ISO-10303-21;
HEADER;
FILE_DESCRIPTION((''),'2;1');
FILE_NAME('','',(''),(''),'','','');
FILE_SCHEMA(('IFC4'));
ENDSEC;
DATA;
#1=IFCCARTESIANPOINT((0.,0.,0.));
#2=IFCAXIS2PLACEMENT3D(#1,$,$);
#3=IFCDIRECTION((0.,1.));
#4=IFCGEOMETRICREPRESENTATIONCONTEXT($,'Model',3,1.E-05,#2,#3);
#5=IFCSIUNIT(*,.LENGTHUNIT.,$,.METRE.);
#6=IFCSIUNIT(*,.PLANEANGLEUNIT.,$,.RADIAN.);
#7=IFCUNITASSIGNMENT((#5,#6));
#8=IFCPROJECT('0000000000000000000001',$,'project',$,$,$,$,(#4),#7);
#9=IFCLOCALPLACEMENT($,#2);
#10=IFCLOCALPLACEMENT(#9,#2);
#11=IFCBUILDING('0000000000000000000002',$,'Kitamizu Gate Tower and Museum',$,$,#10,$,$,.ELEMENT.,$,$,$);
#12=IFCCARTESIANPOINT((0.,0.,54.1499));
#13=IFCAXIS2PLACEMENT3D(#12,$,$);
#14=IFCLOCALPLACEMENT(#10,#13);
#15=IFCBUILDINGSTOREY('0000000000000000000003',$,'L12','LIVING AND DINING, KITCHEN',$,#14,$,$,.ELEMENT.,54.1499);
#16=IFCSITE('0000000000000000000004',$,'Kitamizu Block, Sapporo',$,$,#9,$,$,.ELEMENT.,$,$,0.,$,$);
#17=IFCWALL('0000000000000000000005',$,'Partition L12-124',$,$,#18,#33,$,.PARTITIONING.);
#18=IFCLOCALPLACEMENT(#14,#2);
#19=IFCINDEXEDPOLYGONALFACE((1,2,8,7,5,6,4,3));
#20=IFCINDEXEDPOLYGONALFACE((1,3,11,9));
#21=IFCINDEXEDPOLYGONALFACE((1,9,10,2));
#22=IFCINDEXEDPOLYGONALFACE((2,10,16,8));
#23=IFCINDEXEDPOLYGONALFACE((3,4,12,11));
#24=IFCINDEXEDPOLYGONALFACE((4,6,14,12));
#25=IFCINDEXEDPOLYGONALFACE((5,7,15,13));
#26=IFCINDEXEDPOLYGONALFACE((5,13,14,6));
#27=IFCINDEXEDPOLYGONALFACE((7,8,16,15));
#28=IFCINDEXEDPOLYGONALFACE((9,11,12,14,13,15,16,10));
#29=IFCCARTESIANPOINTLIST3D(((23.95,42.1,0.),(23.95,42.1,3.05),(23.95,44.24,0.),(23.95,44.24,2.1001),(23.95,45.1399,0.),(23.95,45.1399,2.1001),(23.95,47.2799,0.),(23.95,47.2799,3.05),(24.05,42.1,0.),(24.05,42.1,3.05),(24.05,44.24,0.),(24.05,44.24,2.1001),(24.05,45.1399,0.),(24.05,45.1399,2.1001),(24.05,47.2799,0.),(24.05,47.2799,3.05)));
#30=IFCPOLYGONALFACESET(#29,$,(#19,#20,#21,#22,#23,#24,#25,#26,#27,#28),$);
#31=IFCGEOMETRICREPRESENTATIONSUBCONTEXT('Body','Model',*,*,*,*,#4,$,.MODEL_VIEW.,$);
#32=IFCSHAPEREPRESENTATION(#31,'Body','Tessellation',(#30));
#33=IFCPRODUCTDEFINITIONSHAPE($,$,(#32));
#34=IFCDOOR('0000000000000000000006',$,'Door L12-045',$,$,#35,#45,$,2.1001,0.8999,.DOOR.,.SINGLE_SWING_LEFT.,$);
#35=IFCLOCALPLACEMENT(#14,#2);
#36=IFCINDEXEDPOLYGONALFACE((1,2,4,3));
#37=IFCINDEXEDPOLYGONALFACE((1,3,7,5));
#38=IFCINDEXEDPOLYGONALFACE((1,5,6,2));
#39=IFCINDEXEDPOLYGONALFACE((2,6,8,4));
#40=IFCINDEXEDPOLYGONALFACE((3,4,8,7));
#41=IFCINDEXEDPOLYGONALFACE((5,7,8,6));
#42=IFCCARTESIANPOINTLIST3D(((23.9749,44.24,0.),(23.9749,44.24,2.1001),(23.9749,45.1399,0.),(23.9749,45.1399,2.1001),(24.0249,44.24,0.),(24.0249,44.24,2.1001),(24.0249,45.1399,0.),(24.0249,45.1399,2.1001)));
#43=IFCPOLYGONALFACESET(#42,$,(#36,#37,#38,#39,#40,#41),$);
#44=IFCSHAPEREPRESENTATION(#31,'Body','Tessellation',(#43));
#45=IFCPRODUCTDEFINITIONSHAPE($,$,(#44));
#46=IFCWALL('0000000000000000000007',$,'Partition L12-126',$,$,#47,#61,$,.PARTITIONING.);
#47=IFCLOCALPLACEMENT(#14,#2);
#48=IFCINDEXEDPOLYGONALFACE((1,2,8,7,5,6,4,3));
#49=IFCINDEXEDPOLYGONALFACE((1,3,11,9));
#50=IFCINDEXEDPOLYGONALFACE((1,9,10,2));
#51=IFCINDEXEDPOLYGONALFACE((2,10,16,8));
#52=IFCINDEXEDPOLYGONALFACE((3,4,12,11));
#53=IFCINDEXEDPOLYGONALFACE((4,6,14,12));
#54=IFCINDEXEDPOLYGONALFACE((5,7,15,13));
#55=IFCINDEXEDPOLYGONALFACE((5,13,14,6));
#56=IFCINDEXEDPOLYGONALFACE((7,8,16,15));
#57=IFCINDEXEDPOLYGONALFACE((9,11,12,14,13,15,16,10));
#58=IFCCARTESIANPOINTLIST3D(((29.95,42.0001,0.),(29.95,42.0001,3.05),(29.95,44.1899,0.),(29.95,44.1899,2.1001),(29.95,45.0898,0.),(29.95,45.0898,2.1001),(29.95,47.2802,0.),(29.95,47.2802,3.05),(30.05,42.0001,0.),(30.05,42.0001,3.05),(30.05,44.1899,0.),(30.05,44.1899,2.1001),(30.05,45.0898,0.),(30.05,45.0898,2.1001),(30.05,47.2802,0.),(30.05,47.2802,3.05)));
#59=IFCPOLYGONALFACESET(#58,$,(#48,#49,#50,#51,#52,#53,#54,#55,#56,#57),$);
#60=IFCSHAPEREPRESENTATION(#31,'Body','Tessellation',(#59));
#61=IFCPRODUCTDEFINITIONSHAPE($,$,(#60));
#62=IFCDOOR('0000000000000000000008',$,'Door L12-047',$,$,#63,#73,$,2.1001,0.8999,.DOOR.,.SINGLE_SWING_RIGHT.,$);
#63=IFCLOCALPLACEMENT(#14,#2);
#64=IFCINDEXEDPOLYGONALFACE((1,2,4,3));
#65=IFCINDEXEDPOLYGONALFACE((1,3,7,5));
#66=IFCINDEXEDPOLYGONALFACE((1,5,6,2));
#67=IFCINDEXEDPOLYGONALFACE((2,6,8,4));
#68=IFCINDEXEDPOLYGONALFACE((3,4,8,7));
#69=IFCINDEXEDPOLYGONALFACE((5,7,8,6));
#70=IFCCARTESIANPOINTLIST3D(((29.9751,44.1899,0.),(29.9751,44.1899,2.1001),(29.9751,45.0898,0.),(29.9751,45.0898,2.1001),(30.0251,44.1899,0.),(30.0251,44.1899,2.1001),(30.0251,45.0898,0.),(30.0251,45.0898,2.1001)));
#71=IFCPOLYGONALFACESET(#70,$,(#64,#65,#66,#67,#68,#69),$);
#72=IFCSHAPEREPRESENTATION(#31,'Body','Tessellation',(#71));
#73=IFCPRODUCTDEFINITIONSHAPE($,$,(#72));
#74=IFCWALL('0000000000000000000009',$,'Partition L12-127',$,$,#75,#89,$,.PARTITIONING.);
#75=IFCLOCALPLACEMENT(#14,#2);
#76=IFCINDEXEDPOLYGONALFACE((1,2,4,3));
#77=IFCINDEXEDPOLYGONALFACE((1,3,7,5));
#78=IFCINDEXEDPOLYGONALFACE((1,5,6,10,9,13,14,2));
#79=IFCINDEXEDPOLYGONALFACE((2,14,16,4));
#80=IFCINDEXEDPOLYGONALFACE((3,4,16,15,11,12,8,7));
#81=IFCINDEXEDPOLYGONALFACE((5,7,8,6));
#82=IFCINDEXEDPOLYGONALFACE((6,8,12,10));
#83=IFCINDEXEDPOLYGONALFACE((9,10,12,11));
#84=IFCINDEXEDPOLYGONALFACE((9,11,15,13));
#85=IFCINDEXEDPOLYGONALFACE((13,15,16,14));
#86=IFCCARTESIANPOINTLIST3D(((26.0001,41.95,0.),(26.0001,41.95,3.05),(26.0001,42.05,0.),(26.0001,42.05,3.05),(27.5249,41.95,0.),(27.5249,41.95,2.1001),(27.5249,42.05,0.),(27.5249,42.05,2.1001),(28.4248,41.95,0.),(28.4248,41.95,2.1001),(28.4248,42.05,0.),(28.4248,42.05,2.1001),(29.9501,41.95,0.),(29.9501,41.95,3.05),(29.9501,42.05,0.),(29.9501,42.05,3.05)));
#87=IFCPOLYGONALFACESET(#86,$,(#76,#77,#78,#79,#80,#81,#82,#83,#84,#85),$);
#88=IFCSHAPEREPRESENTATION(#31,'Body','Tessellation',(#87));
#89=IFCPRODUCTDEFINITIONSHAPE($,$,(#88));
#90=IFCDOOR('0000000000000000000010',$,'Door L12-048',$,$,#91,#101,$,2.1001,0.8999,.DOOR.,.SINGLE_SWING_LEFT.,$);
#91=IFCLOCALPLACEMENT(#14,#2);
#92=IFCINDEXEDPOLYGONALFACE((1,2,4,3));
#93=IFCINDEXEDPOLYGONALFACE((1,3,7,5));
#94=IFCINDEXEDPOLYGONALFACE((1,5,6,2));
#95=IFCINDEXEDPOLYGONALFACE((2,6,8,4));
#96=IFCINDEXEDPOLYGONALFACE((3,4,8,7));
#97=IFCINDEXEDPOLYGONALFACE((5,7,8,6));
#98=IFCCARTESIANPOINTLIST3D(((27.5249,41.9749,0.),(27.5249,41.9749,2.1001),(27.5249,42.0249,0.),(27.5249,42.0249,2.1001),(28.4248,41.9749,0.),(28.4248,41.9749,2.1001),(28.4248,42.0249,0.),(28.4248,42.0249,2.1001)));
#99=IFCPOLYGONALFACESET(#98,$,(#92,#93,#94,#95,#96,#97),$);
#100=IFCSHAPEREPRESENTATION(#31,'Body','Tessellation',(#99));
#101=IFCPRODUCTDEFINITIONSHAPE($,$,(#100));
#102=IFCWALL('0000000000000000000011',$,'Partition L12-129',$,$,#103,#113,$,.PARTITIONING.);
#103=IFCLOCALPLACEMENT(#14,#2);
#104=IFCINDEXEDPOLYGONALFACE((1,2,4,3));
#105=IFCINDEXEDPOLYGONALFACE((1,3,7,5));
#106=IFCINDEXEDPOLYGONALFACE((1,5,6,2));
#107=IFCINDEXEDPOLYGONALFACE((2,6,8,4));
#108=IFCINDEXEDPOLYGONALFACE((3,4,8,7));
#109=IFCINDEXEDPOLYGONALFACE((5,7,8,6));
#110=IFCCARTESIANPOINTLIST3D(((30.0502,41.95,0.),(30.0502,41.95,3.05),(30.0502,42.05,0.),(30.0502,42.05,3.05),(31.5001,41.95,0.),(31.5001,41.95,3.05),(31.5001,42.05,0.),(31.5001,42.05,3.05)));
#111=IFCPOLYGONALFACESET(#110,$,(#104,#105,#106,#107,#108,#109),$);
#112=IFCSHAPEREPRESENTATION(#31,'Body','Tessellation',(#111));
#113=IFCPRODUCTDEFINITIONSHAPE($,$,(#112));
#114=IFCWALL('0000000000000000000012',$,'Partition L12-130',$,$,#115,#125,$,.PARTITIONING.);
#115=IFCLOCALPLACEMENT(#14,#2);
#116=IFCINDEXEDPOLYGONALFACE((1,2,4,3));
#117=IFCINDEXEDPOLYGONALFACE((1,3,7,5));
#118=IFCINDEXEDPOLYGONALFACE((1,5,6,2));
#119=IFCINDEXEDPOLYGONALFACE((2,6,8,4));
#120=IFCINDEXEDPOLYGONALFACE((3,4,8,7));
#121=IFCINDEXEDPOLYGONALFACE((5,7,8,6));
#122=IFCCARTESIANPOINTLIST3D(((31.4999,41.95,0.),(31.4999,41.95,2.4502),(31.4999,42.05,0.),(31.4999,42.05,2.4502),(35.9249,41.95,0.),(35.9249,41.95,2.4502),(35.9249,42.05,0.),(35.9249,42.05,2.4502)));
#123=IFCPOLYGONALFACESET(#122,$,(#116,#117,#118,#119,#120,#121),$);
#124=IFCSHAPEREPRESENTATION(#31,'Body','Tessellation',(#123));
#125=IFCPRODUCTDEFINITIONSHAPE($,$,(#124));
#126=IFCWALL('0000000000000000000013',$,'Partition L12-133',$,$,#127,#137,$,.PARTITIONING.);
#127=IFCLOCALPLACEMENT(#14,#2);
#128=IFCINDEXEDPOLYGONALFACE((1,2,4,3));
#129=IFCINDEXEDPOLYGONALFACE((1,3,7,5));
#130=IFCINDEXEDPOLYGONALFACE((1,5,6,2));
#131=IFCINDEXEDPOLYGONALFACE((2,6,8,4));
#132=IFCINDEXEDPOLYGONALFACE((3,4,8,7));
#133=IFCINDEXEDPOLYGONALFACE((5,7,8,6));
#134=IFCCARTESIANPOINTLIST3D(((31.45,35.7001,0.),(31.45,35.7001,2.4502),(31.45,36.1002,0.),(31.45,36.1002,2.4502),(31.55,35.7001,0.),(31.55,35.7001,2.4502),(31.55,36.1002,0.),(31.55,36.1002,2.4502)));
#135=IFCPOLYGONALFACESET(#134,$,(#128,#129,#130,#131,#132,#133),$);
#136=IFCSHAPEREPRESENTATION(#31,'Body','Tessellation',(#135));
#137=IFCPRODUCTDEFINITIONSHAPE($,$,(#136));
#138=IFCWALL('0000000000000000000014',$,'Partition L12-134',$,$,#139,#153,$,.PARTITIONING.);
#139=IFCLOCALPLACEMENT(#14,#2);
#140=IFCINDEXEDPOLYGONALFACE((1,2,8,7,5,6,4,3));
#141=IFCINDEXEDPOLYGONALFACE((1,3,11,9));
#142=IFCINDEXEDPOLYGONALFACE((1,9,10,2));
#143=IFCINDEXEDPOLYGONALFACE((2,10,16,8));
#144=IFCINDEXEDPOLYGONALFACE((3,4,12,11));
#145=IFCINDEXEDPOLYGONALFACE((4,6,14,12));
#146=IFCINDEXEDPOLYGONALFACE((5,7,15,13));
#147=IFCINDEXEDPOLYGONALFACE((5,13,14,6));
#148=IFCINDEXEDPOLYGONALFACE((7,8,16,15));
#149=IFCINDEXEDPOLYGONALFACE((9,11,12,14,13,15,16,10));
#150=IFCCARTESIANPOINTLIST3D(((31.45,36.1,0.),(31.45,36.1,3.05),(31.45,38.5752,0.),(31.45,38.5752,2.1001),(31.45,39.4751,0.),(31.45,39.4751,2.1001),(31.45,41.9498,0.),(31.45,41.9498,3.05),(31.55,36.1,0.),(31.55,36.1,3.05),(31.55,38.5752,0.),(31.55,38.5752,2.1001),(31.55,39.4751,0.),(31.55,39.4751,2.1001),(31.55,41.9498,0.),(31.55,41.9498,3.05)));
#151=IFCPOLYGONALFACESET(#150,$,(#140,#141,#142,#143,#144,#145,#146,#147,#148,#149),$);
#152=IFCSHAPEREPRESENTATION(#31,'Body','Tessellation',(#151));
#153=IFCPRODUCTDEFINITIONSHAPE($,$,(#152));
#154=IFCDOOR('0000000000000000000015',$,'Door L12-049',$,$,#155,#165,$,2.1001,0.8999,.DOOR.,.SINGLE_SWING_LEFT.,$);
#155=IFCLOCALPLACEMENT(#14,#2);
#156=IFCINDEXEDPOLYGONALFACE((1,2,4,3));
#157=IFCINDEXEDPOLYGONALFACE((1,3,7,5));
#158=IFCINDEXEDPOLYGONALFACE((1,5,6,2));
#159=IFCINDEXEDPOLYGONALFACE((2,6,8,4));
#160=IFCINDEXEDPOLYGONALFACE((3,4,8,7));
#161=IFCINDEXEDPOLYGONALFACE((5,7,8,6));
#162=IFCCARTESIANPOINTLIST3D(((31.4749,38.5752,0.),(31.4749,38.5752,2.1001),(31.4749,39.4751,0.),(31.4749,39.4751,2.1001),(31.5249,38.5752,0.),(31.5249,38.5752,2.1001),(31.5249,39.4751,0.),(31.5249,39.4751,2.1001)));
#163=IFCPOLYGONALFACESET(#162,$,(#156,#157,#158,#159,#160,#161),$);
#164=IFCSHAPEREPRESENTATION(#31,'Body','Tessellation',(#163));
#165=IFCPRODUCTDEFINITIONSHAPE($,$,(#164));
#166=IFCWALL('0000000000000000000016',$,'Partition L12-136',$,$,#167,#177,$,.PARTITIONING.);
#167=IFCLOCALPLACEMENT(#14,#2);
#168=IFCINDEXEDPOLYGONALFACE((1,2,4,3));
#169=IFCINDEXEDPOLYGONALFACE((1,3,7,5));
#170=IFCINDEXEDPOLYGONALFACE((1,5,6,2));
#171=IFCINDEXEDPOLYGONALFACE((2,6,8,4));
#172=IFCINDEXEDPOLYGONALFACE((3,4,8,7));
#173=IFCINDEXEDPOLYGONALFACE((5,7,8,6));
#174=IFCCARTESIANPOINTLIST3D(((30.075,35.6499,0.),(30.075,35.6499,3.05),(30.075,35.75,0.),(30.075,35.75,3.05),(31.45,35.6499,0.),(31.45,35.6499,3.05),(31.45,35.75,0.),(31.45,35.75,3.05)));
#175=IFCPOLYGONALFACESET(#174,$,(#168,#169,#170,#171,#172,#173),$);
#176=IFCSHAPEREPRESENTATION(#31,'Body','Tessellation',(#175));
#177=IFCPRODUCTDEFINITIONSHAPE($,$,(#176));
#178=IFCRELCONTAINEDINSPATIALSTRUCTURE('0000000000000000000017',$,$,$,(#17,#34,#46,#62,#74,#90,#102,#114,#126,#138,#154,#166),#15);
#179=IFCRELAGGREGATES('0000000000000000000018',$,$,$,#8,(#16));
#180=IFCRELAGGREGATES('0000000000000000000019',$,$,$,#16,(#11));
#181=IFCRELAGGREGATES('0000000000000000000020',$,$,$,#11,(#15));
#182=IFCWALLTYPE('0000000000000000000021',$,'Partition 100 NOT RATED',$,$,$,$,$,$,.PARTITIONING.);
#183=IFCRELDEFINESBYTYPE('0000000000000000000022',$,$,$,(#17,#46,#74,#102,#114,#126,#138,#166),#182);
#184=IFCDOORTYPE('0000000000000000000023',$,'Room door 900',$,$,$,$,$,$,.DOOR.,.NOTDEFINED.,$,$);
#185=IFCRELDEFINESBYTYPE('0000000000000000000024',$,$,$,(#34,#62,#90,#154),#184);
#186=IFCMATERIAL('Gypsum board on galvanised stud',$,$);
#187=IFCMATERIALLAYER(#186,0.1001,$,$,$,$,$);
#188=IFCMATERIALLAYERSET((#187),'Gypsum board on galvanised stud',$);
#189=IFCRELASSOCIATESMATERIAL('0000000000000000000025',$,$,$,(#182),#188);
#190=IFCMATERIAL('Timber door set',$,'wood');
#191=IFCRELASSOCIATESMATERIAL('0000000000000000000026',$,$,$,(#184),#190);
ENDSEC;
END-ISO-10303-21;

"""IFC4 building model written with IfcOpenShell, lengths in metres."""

from ifc_helpers import new_model, si_unit, direction, frame, frame_2d, origin, place, context, subcontext, project, spatial, rectangle, extrude, material, layer, layer_set, type_object, element, fill, save


model = new_model("IFC4")

# Units and contexts
model_context = context("Model", 3, precision=1e-05, world=origin(), true_north=direction((0.0, 1.0)))
body_context = subcontext(model_context, "Body", "Model", "MODEL_VIEW")
ifc_project = project(units=[si_unit("LENGTHUNIT", "METRE"), si_unit("PLANEANGLEUNIT", "RADIAN")], contexts=[model_context])

# Site, building, storey
site_placement = place(None, origin())
site = spatial("IfcSite", under=ifc_project, at=site_placement, Name="Kitamizu Block, Sapporo", CompositionType="ELEMENT", RefElevation=0.0)
building_placement = place(site_placement, origin())
building = spatial("IfcBuilding", under=site, at=building_placement, Name="Kitamizu Gate Tower and Museum", CompositionType="ELEMENT")
storey_placement = place(building_placement, frame((0.0, 0.0, 54.1499)))
storey = spatial("IfcBuildingStorey", under=building, at=storey_placement, Name="L12", Description="LIVING AND DINING, KITCHEN", CompositionType="ELEMENT", Elevation=54.1499)

# Walls, openings, doors
ifc_material_1 = material(Name="Gypsum board on galvanised stud")
ifc_layer_1 = layer(ifc_material_1, 0.1001)
ifc_layer_set_1 = layer_set([ifc_layer_1], Name="Gypsum board on galvanised stud")
wall_type_1 = type_object("IfcWallType", Name="Partition 100 NOT RATED", PredefinedType="PARTITIONING", material=ifc_layer_set_1)
wall_1_placement = place(storey_placement, frame((24.0, 42.1001, 0.0), z_axis=(0.0, 0.0, 1.0), x_axis=(0.0, 1.0, 0.0)))
wall_1 = element("IfcWall", 1, at=wall_1_placement, inside=storey, type_object=wall_type_1, Name="Partition L12-124", PredefinedType="PARTITIONING", context=body_context, shape_type="SweptSolid", body=[
    extrude(rectangle(XDim=5.1799, YDim=0.1001, at=frame_2d((2.5898, 0.0))), origin(), (0.0, 0.0, 1.0), 3.05),
])
opening_1_placement = place(wall_1_placement, frame((2.1399, 0.0, 0.0)))
opening_1 = element("IfcOpeningElement", 2, at=opening_1_placement, cuts=wall_1, PredefinedType="OPENING", context=body_context, shape_type="SweptSolid", body=[
    extrude(rectangle(XDim=0.8999, YDim=2.1001, at=frame_2d((0.45, 1.05))), frame((0.0, 0.0601, 0.0), z_axis=(0.0, -1.0, 0.0), x_axis=(1.0, 0.0, 0.0)), (0.0, 0.0, 1.0), 0.1201),
])
ifc_material_2 = material(Name="Timber door set", Category="wood")
door_type_1 = type_object("IfcDoorType", Name="Room door 900", OperationType="NOTDEFINED", PredefinedType="DOOR", material=ifc_material_2)
door_1_placement = place(opening_1_placement, frame((0.8999, 0.0, 0.0), x_axis=(-1.0, 0.0, 0.0)))
door_1 = element("IfcDoor", 3, at=door_1_placement, inside=storey, type_object=door_type_1, Name="Door L12-045", OperationType="SINGLE_SWING_LEFT", OverallHeight=2.1001, OverallWidth=0.8999, PredefinedType="DOOR", context=body_context, shape_type="SweptSolid", body=[
    extrude(rectangle(XDim=0.8999, YDim=2.1001, at=frame_2d((0.45, 1.05))), frame((0.0, 0.0249, 0.0), z_axis=(0.0, -1.0, 0.0), x_axis=(1.0, 0.0, 0.0)), (0.0, 0.0, 1.0), 0.05),
])
fill(opening_1, door_1)
wall_2_placement = place(storey_placement, frame((30.0, 42.0, 0.0), z_axis=(0.0, 0.0, 1.0), x_axis=(0.0, 1.0, 0.0)))
wall_2 = element("IfcWall", 4, at=wall_2_placement, inside=storey, type_object=wall_type_1, Name="Partition L12-126", PredefinedType="PARTITIONING", context=body_context, shape_type="SweptSolid", body=[
    extrude(rectangle(XDim=5.28, YDim=0.1001, at=frame_2d((2.6401, 0.0))), origin(), (0.0, 0.0, 1.0), 3.05),
])
opening_2_placement = place(wall_2_placement, frame((2.1899, 0.0, 0.0)))
opening_2 = element("IfcOpeningElement", 5, at=opening_2_placement, cuts=wall_2, PredefinedType="OPENING", context=body_context, shape_type="SweptSolid", body=[
    extrude(rectangle(XDim=0.8999, YDim=2.1001, at=frame_2d((0.45, 1.05))), frame((0.0, 0.0601, 0.0), z_axis=(0.0, -1.0, 0.0), x_axis=(1.0, 0.0, 0.0)), (0.0, 0.0, 1.0), 0.1201),
])
door_2_placement = place(opening_2_placement, origin())
door_2 = element("IfcDoor", 6, at=door_2_placement, inside=storey, type_object=door_type_1, Name="Door L12-047", OperationType="SINGLE_SWING_RIGHT", OverallHeight=2.1001, OverallWidth=0.8999, PredefinedType="DOOR", context=body_context, shape_type="SweptSolid", body=[
    extrude(rectangle(XDim=0.8999, YDim=2.1001, at=frame_2d((0.45, 1.05))), frame((0.0, 0.0249, 0.0), z_axis=(0.0, -1.0, 0.0), x_axis=(1.0, 0.0, 0.0)), (0.0, 0.0, 1.0), 0.05),
])
fill(opening_2, door_2)
wall_3_placement = place(storey_placement, frame((26.0, 42.0, 0.0), z_axis=(0.0, 0.0, 1.0), x_axis=(1.0, 0.0, 0.0)))
wall_3 = element("IfcWall", 7, at=wall_3_placement, inside=storey, type_object=wall_type_1, Name="Partition L12-127", PredefinedType="PARTITIONING", context=body_context, shape_type="SweptSolid", body=[
    extrude(rectangle(XDim=3.95, YDim=0.1001, at=frame_2d((1.9751, 0.0))), origin(), (0.0, 0.0, 1.0), 3.05),
])
opening_3_placement = place(wall_3_placement, frame((1.5249, 0.0, 0.0)))
opening_3 = element("IfcOpeningElement", 8, at=opening_3_placement, cuts=wall_3, PredefinedType="OPENING", context=body_context, shape_type="SweptSolid", body=[
    extrude(rectangle(XDim=0.8999, YDim=2.1001, at=frame_2d((0.45, 1.05))), frame((0.0, 0.0601, 0.0), z_axis=(0.0, -1.0, 0.0), x_axis=(1.0, 0.0, 0.0)), (0.0, 0.0, 1.0), 0.1201),
])
door_3_placement = place(opening_3_placement, origin())
door_3 = element("IfcDoor", 9, at=door_3_placement, inside=storey, type_object=door_type_1, Name="Door L12-048", OperationType="SINGLE_SWING_LEFT", OverallHeight=2.1001, OverallWidth=0.8999, PredefinedType="DOOR", context=body_context, shape_type="SweptSolid", body=[
    extrude(rectangle(XDim=0.8999, YDim=2.1001, at=frame_2d((0.45, 1.05))), frame((0.0, 0.0249, 0.0), z_axis=(0.0, -1.0, 0.0), x_axis=(1.0, 0.0, 0.0)), (0.0, 0.0, 1.0), 0.05),
])
fill(opening_3, door_3)

# Walls
wall_4_placement = place(storey_placement, frame((30.05, 42.0, 0.0), z_axis=(0.0, 0.0, 1.0), x_axis=(1.0, 0.0, 0.0)))
element("IfcWall", 10, at=wall_4_placement, inside=storey, type_object=wall_type_1, Name="Partition L12-129", PredefinedType="PARTITIONING", context=body_context, shape_type="SweptSolid", body=[
    extrude(rectangle(XDim=1.45, YDim=0.1001, at=frame_2d((0.7251, 0.0))), origin(), (0.0, 0.0, 1.0), 3.05),
])
wall_5_placement = place(storey_placement, frame((31.5, 42.0, 0.0), z_axis=(0.0, 0.0, 1.0), x_axis=(1.0, 0.0, 0.0)))
element("IfcWall", 11, at=wall_5_placement, inside=storey, type_object=wall_type_1, Name="Partition L12-130", PredefinedType="PARTITIONING", context=body_context, shape_type="SweptSolid", body=[
    extrude(rectangle(XDim=4.425, YDim=0.1001, at=frame_2d((2.2124, 0.0))), origin(), (0.0, 0.0, 1.0), 2.4502),
])
wall_6_placement = place(storey_placement, frame((31.5, 35.7, 0.0), z_axis=(0.0, 0.0, 1.0), x_axis=(0.0, 1.0, 0.0)))
element("IfcWall", 12, at=wall_6_placement, inside=storey, type_object=wall_type_1, Name="Partition L12-133", PredefinedType="PARTITIONING", context=body_context, shape_type="SweptSolid", body=[
    extrude(rectangle(XDim=0.4001, YDim=0.1001, at=frame_2d((0.2002, 0.0))), origin(), (0.0, 0.0, 1.0), 2.4502),
])

# Wall, opening, door
wall_7_placement = place(storey_placement, frame((31.5, 36.1001, 0.0), z_axis=(0.0, 0.0, 1.0), x_axis=(0.0, 1.0, 0.0)))
wall_7 = element("IfcWall", 13, at=wall_7_placement, inside=storey, type_object=wall_type_1, Name="Partition L12-134", PredefinedType="PARTITIONING", context=body_context, shape_type="SweptSolid", body=[
    extrude(rectangle(XDim=5.8499, YDim=0.1001, at=frame_2d((2.9248, 0.0))), origin(), (0.0, 0.0, 1.0), 3.05),
])
opening_4_placement = place(wall_7_placement, frame((2.4751, 0.0, 0.0)))
opening_4 = element("IfcOpeningElement", 14, at=opening_4_placement, cuts=wall_7, PredefinedType="OPENING", context=body_context, shape_type="SweptSolid", body=[
    extrude(rectangle(XDim=0.8999, YDim=2.1001, at=frame_2d((0.45, 1.05))), frame((0.0, 0.0601, 0.0), z_axis=(0.0, -1.0, 0.0), x_axis=(1.0, 0.0, 0.0)), (0.0, 0.0, 1.0), 0.1201),
])
door_4_placement = place(opening_4_placement, frame((0.8999, 0.0, 0.0), x_axis=(-1.0, 0.0, 0.0)))
door_4 = element("IfcDoor", 15, at=door_4_placement, inside=storey, type_object=door_type_1, Name="Door L12-049", OperationType="SINGLE_SWING_LEFT", OverallHeight=2.1001, OverallWidth=0.8999, PredefinedType="DOOR", context=body_context, shape_type="SweptSolid", body=[
    extrude(rectangle(XDim=0.8999, YDim=2.1001, at=frame_2d((0.45, 1.05))), frame((0.0, 0.0249, 0.0), z_axis=(0.0, -1.0, 0.0), x_axis=(1.0, 0.0, 0.0)), (0.0, 0.0, 1.0), 0.05),
])
fill(opening_4, door_4)

# Wall
wall_8_placement = place(storey_placement, frame((30.075, 35.7, 0.0), z_axis=(0.0, 0.0, 1.0), x_axis=(1.0, 0.0, 0.0)))
element("IfcWall", 16, at=wall_8_placement, inside=storey, type_object=wall_type_1, Name="Partition L12-136", PredefinedType="PARTITIONING", context=body_context, shape_type="SweptSolid", body=[
    extrude(rectangle(XDim=1.375, YDim=0.1001, at=frame_2d((0.6875, 0.0))), origin(), (0.0, 0.0, 1.0), 3.05),
])

save(model, "model.ifc")
